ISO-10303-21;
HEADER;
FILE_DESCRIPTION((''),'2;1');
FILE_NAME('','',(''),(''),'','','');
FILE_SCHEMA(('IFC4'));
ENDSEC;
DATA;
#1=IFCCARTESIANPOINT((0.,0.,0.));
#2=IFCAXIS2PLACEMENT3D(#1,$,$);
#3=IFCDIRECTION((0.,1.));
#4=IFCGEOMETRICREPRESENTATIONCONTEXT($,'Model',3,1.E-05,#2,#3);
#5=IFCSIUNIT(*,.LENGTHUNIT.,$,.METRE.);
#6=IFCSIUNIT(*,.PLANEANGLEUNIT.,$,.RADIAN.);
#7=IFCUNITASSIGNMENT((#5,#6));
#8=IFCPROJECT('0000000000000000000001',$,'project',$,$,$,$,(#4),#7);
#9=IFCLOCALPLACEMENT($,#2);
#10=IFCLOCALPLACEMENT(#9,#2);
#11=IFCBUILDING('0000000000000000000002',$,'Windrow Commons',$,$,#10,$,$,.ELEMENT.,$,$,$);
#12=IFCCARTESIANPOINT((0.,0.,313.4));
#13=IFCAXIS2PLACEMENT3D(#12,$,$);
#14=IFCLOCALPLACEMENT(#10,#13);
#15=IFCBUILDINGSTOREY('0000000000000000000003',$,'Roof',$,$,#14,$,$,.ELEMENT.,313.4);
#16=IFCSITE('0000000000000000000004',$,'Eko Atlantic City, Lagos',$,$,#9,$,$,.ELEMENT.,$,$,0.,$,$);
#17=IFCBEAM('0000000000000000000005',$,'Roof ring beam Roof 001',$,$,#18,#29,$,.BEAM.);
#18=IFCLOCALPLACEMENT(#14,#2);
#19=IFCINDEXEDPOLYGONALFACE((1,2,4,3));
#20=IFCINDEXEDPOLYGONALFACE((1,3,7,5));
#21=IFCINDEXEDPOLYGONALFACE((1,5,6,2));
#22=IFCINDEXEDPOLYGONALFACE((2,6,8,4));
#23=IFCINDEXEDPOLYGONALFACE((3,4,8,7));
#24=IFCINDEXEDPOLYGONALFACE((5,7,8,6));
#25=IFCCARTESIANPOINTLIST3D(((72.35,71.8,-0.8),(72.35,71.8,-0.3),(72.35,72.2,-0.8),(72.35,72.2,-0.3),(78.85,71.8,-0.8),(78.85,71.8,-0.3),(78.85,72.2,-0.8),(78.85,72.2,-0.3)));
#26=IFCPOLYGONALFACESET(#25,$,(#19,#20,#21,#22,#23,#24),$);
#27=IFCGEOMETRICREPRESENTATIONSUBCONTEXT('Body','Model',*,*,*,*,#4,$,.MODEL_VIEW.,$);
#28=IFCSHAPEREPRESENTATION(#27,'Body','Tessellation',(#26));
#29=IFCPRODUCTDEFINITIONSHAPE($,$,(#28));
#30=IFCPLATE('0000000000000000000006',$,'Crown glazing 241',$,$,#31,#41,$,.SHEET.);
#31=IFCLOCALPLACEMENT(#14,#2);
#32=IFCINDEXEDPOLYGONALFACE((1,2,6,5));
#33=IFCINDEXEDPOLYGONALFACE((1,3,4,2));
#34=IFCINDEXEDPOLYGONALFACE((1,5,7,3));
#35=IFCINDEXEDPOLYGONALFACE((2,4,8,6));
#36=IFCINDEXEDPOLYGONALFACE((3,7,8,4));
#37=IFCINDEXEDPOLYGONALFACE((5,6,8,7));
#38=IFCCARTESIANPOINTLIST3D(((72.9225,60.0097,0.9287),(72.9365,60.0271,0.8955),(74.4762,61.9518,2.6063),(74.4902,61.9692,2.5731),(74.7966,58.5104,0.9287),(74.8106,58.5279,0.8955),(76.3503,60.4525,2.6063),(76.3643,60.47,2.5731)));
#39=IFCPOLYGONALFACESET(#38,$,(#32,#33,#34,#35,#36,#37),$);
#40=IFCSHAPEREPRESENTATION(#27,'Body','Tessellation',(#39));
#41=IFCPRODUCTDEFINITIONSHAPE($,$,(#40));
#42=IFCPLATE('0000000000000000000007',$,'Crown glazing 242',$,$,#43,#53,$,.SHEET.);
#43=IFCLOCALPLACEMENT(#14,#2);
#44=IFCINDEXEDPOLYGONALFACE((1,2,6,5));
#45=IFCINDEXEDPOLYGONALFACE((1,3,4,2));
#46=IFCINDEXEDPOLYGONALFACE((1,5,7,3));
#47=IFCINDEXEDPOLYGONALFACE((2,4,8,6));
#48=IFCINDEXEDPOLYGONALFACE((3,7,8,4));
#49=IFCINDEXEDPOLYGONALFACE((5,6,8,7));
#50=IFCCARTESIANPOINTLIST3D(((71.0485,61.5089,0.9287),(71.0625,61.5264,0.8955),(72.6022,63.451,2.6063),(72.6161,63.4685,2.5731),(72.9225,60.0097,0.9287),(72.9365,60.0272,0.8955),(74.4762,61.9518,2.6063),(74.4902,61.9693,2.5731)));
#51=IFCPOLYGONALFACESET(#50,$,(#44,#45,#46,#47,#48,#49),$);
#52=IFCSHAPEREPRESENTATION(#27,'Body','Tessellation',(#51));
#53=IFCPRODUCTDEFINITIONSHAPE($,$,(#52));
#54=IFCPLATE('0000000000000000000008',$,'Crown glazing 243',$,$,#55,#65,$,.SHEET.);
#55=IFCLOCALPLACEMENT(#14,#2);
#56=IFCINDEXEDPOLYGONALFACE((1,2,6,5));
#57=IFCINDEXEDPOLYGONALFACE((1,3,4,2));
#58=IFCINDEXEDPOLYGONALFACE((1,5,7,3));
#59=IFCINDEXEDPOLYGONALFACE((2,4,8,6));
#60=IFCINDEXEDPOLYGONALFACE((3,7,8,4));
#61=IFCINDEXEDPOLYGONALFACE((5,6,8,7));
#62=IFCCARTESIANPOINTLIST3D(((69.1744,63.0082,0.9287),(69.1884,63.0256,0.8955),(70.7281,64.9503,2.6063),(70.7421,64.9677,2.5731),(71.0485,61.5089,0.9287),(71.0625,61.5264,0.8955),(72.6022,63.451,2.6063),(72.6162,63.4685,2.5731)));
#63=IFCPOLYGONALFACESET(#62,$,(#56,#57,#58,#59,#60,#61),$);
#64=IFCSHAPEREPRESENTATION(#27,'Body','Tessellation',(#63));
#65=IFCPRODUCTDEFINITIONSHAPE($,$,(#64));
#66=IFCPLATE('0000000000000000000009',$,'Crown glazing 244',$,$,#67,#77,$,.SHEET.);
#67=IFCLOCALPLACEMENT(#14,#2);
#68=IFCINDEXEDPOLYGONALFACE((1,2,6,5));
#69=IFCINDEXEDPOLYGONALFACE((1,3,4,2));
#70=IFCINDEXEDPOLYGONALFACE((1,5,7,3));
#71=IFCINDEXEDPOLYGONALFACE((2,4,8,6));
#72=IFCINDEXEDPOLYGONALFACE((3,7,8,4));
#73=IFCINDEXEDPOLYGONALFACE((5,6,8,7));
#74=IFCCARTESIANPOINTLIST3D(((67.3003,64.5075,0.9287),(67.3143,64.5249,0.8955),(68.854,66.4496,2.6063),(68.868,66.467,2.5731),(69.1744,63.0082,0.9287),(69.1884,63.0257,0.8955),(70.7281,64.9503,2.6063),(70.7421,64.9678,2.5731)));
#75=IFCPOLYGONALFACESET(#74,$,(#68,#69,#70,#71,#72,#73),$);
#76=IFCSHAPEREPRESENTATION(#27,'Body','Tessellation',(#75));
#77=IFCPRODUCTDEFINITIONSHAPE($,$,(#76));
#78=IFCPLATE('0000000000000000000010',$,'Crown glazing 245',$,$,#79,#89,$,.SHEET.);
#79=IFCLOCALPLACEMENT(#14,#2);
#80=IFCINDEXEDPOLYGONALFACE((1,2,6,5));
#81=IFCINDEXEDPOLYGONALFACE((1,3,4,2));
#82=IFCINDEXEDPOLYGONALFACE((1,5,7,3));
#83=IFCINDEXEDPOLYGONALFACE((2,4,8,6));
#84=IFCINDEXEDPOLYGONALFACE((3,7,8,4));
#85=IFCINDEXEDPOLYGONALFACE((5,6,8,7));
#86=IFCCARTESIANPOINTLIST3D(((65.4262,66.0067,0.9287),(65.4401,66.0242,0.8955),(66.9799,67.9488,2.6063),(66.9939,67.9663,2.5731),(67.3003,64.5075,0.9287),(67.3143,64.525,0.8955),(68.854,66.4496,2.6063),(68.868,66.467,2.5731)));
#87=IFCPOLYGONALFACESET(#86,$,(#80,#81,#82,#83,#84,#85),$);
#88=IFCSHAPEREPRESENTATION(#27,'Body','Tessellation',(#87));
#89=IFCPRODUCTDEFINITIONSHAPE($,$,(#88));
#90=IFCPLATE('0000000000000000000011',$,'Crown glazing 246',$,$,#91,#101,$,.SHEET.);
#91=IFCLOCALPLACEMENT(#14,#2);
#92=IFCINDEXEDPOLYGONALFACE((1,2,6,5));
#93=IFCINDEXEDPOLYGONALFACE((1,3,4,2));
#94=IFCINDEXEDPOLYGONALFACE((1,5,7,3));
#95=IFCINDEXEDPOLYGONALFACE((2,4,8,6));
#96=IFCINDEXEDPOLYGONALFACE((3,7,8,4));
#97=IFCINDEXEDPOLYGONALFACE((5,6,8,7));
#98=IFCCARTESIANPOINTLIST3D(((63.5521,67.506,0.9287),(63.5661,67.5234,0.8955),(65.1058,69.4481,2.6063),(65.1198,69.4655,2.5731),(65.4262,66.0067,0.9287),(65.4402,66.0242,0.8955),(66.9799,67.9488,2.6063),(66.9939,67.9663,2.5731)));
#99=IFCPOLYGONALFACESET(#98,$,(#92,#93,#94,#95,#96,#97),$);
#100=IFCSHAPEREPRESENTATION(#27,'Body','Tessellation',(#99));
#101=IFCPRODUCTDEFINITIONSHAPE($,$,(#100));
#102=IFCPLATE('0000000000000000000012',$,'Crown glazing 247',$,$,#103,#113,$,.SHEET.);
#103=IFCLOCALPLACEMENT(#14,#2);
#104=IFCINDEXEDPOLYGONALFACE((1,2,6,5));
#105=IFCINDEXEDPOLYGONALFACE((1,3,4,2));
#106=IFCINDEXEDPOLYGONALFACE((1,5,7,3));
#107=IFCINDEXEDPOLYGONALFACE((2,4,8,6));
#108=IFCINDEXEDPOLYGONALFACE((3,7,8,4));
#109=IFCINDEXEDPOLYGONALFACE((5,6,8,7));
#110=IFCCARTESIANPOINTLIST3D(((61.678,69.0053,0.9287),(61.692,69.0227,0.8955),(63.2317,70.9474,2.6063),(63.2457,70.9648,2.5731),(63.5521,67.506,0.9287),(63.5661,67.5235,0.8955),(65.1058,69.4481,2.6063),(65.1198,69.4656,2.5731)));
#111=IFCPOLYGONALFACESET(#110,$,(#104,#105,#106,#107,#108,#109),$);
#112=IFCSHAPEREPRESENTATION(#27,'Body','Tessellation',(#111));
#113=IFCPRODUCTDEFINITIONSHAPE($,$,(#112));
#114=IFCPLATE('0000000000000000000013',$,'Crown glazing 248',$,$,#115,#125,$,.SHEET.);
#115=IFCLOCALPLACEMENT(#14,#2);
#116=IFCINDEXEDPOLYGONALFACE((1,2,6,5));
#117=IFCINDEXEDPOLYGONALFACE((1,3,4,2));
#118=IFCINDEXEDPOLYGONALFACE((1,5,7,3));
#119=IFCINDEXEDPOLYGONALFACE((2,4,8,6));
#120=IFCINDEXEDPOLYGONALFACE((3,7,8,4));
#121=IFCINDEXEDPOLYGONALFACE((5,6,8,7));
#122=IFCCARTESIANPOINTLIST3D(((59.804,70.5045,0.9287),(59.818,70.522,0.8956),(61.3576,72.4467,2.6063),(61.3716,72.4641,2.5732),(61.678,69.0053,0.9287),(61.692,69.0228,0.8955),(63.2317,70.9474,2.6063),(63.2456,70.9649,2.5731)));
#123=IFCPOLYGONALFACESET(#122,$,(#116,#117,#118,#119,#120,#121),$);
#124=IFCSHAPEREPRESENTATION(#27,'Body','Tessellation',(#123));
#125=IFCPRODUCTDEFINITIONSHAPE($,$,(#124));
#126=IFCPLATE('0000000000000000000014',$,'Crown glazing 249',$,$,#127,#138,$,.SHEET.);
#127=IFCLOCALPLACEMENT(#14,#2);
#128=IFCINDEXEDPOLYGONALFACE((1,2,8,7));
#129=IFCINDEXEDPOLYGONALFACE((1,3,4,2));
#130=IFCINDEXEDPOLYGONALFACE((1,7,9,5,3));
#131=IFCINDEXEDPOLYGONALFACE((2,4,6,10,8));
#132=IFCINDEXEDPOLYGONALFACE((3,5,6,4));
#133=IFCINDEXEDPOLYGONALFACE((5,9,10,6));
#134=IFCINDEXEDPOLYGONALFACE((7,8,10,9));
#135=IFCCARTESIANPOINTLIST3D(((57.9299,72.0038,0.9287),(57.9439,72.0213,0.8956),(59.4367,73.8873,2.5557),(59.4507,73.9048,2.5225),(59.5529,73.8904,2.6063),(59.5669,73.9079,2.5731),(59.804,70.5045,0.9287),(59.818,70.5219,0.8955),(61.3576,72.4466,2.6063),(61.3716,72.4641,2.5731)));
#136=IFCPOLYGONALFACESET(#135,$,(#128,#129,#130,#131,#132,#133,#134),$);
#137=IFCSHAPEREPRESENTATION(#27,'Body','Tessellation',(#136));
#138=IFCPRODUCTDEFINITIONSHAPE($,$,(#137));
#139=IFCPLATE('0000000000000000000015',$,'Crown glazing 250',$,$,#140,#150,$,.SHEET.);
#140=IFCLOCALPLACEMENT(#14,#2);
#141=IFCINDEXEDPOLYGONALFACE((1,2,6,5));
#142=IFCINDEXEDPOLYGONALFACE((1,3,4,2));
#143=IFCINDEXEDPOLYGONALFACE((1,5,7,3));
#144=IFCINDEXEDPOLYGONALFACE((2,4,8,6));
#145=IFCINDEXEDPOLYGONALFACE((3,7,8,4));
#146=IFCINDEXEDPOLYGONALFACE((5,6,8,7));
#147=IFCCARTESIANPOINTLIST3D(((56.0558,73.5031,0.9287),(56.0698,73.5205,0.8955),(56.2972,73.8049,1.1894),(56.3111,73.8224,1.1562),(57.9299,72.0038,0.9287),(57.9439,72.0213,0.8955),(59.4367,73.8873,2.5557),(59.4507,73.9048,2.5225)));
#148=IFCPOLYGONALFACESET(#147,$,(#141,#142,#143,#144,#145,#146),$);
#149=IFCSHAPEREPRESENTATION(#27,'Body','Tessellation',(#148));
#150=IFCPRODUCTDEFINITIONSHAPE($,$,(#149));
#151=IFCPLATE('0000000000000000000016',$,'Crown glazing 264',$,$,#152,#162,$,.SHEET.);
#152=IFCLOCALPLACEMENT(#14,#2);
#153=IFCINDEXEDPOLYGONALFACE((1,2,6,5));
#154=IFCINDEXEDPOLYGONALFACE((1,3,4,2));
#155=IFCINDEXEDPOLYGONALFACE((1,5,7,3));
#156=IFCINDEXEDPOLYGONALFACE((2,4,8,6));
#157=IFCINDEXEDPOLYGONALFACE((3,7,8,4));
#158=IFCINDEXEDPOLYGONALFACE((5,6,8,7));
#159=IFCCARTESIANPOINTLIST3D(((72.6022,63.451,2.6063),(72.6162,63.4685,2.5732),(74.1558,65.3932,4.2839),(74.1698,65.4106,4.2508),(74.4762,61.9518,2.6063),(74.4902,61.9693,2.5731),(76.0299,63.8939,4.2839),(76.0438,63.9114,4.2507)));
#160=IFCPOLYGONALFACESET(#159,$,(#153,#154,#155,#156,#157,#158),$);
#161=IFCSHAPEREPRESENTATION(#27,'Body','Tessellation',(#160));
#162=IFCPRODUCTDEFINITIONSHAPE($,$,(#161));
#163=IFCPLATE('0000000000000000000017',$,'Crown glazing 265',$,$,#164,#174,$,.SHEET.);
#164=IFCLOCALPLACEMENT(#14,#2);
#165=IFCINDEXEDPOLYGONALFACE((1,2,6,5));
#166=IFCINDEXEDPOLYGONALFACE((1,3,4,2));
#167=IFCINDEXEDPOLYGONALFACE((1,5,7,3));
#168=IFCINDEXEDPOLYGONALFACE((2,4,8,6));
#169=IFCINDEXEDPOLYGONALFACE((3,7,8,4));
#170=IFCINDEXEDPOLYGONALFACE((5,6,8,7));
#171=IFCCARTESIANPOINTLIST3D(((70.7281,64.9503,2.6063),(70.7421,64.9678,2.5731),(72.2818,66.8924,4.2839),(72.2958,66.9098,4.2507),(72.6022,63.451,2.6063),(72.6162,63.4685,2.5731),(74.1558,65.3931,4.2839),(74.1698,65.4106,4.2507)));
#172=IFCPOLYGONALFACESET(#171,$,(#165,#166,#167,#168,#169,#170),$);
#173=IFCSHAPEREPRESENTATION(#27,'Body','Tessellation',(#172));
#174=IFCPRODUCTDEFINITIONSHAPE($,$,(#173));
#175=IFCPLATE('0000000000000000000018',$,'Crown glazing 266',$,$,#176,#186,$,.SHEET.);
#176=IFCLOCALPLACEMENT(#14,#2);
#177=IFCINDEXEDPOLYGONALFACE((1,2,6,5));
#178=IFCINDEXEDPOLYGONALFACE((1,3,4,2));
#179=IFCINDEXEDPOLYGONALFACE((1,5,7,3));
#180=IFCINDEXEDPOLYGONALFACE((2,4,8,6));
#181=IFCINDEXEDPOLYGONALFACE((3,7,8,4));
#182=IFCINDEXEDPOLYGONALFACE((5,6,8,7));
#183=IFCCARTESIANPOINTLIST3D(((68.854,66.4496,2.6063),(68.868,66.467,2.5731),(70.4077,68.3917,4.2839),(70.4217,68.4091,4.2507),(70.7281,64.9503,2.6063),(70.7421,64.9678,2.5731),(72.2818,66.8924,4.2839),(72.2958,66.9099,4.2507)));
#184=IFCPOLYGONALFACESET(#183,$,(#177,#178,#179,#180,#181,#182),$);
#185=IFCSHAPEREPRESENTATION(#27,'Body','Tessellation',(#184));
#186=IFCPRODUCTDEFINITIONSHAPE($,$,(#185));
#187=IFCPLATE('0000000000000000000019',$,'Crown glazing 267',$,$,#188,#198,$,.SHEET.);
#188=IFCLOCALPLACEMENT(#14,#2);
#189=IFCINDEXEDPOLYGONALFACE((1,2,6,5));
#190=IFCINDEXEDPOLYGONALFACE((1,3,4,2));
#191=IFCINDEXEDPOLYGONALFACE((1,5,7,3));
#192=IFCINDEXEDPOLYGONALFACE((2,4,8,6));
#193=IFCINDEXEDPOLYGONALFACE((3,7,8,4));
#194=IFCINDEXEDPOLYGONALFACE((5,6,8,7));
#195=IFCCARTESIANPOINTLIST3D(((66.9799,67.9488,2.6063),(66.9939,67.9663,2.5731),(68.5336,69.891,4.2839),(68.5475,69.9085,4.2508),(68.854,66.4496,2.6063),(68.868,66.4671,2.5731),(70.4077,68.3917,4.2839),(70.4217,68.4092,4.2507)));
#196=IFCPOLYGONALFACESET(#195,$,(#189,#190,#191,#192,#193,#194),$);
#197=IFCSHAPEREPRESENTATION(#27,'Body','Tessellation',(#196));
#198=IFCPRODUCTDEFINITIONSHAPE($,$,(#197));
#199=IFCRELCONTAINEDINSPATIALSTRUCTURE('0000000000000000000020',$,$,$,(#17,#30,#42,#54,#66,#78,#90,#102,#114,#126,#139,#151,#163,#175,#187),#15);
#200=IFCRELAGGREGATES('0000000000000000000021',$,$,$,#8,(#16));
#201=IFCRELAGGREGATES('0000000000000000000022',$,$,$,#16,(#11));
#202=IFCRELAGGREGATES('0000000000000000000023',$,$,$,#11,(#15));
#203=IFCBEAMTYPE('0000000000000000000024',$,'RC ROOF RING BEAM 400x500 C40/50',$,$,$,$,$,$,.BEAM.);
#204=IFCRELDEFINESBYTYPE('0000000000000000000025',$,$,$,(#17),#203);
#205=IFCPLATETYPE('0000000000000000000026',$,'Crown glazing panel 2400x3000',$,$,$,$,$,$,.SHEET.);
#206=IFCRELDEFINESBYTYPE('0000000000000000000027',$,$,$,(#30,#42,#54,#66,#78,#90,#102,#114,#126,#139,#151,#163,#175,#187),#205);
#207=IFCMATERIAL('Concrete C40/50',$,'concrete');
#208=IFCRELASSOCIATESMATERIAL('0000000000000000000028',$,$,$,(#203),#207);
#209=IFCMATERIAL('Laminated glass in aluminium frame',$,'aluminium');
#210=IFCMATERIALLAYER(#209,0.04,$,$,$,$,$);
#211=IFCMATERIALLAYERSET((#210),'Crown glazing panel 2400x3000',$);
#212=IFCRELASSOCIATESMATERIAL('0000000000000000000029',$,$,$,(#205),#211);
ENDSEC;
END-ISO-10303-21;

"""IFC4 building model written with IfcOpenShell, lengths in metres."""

from ifc_helpers import new_model, si_unit, direction, frame, origin, origin_2d, place, context, subcontext, project, spatial, polyline, rectangle, outline, extrude, material, layer, layer_set, material_profile, profile_set, type_object, element, save


model = new_model("IFC4")

# Units and contexts
model_context = context("Model", 3, precision=1e-05, world=origin(), true_north=direction((0.0, 1.0)))
body_context = subcontext(model_context, "Body", "Model", "MODEL_VIEW")
ifc_project = project(units=[si_unit("LENGTHUNIT", "METRE"), si_unit("PLANEANGLEUNIT", "RADIAN")], contexts=[model_context])

# Site, building, storey
site_placement = place(None, origin())
site = spatial("IfcSite", under=ifc_project, at=site_placement, Name="Eko Atlantic City, Lagos", CompositionType="ELEMENT", RefElevation=0.0)
building_placement = place(site_placement, origin())
building = spatial("IfcBuilding", under=site, at=building_placement, Name="Windrow Commons", CompositionType="ELEMENT")
storey_placement = place(building_placement, frame((0.0, 0.0, 313.4)))
storey = spatial("IfcBuildingStorey", under=building, at=storey_placement, Name="Roof", CompositionType="ELEMENT", Elevation=313.4)

# Beam
ifc_material_1 = material(Name="Concrete C40/50", Category="concrete")
ifc_material_profile = material_profile(ifc_material_1, rectangle(XDim=0.4, YDim=0.5, at=origin_2d()))
ifc_profile_set = profile_set([ifc_material_profile], Name="Concrete C40/50")
beam_type = type_object("IfcBeamType", Name="RC ROOF RING BEAM 400x500 C40/50", PredefinedType="BEAM", material=ifc_profile_set)
beam_placement = place(storey_placement, frame((72.35, 72.0, -0.55), z_axis=(1.0, 0.0, 0.0), x_axis=(0.0, 1.0, 0.0)))
element("IfcBeam", 1, at=beam_placement, inside=storey, type_object=beam_type, Name="Roof ring beam Roof 001", PredefinedType="BEAM", context=body_context, shape_type="SweptSolid", body=[
    extrude(rectangle(XDim=0.4, YDim=0.5, at=origin_2d()), origin(), (0.0, 0.0, 1.0), 6.5),
])

# Plates
ifc_material_2 = material(Name="Laminated glass in aluminium frame", Category="aluminium")
ifc_layer_1 = layer(ifc_material_2, 0.04)
ifc_layer_set_1 = layer_set([ifc_layer_1], Name="Crown glazing panel 2400x3000")
plate_type = type_object("IfcPlateType", Name="Crown glazing panel 2400x3000", PredefinedType="SHEET", material=ifc_layer_set_1)
plate_1_placement = place(storey_placement, frame((74.7966, 58.5104, 0.9287), z_axis=(-0.349331, -0.436658, 0.829034), x_axis=(-0.780865, 0.6247, 0.0)))
element("IfcPlate", 2, at=plate_1_placement, inside=storey, type_object=plate_type, Name="Crown glazing 241", PredefinedType="SHEET", context=body_context, shape_type="SweptSolid", body=[
    extrude(outline(polyline([(0.0, 0.0), (2.4, 0.0), (2.4, -3.0), (0.0, -3.0), (0.0, 0.0)])), origin(), (0.0, 0.0, -1.0), 0.04),
])
plate_2_placement = place(storey_placement, frame((72.9225, 60.0097, 0.9287), z_axis=(-0.349328, -0.43666, 0.829034), x_axis=(-0.780869, 0.624695, 0.0)))
element("IfcPlate", 3, at=plate_2_placement, inside=storey, type_object=plate_type, Name="Crown glazing 242", PredefinedType="SHEET", context=body_context, shape_type="SweptSolid", body=[
    extrude(outline(polyline([(0.0, 0.0), (2.3999, 0.0), (2.3999, -3.0), (0.0, -3.0), (0.0, 0.0)])), origin(), (0.0, 0.0, -1.0), 0.04),
])
for number, where, z_axis, x_axis, name in (
    (4, (71.0485, 61.5089, 0.9287), (-0.349331, -0.436658, 0.829034), (-0.780865, 0.6247, 0.0), "Crown glazing 243"),
    (5, (69.1744, 63.0082, 0.9287), (-0.349331, -0.436658, 0.829034), (-0.780865, 0.6247, 0.0), "Crown glazing 244"),
):
    element("IfcPlate", number, at=place(storey_placement, frame(where, z_axis=z_axis, x_axis=x_axis)), inside=storey, type_object=plate_type, Name=name, PredefinedType="SHEET", context=body_context, shape_type="SweptSolid", body=[
        extrude(outline(polyline([(0.0, 0.0), (2.4, 0.0), (2.4, -3.0), (0.0, -3.0), (0.0, 0.0)])), origin(), (0.0, 0.0, -1.0), 0.04),
    ])
plate_3_placement = place(storey_placement, frame((67.3003, 64.5075, 0.9287), z_axis=(-0.349317, -0.436669, 0.829034), x_axis=(-0.780885, 0.624675, 0.0)))
element("IfcPlate", 6, at=plate_3_placement, inside=storey, type_object=plate_type, Name="Crown glazing 245", PredefinedType="SHEET", context=body_context, shape_type="SweptSolid", body=[
    extrude(outline(polyline([(0.0, 0.0), (2.4, 0.0), (2.3999, -3.0), (-0.0001, -3.0), (0.0, 0.0)])), origin(), (0.0, 0.0, -1.0), 0.04),
])
for number, where, z_axis, x_axis, name in (
    (7, (65.4262, 66.0067, 0.9287), (-0.349331, -0.436658, 0.829034), (-0.780865, 0.6247, 0.0), "Crown glazing 246"),
    (8, (63.5521, 67.506, 0.9287), (-0.349331, -0.436658, 0.829034), (-0.780865, 0.6247, 0.0), "Crown glazing 247"),
):
    element("IfcPlate", number, at=place(storey_placement, frame(where, z_axis=z_axis, x_axis=x_axis)), inside=storey, type_object=plate_type, Name=name, PredefinedType="SHEET", context=body_context, shape_type="SweptSolid", body=[
        extrude(outline(polyline([(0.0, 0.0), (2.4, 0.0), (2.4, -3.0), (0.0, -3.0), (0.0, 0.0)])), origin(), (0.0, 0.0, -1.0), 0.04),
    ])
plate_4_placement = place(storey_placement, frame((61.678, 69.0053, 0.9287), z_axis=(-0.349325, -0.436668, 0.829031), x_axis=(-0.780871, 0.624692, 0.000006)))
element("IfcPlate", 9, at=plate_4_placement, inside=storey, type_object=plate_type, Name="Crown glazing 248", PredefinedType="SHEET", context=body_context, shape_type="SweptSolid", body=[
    extrude(outline(polyline([(0.0, 0.0), (2.3999, 0.0), (2.4, -3.0), (0.0, -3.0), (0.0, 0.0)])), origin(), (0.0, 0.0, -1.0), 0.04),
])
plate_5_placement = place(storey_placement, frame((59.4367, 73.8873, 2.5557), z_axis=(-0.349338, -0.436663, 0.829029), x_axis=(0.916576, 0.02446, 0.399112)))
element("IfcPlate", 10, at=plate_5_placement, inside=storey, type_object=plate_type, Name="Crown glazing 249", PredefinedType="SHEET", context=body_context, shape_type="SweptSolid", body=[
    extrude(outline(polyline([(0.0, 0.0), (0.1268, 0.0), (1.7456, -1.6495), (-0.3954, -3.7509), (-2.0765, -2.0379), (0.0, 0.0)])), origin(), (0.0, 0.0, -1.0), 0.04),
])
plate_6_placement = place(storey_placement, frame((59.4367, 73.8873, 2.5557), z_axis=(-0.349333, -0.436668, 0.829028), x_axis=(-0.51789, -0.647362, -0.559207)))
element("IfcPlate", 11, at=plate_6_placement, inside=storey, type_object=plate_type, Name="Crown glazing 250", PredefinedType="SHEET", context=body_context, shape_type="SweptSolid", body=[
    extrude(outline(polyline([(0.0, 0.0), (2.9095, 0.0), (2.9095, -2.4), (2.4433, -2.4001), (0.0, 0.0)])), origin(), (0.0, 0.0, -1.0), 0.04),
])
plate_7_placement = place(storey_placement, frame((74.4762, 61.9518, 2.6063), z_axis=(-0.349325, -0.436668, 0.829031), x_axis=(-0.780871, 0.624692, 0.000006)))
element("IfcPlate", 12, at=plate_7_placement, inside=storey, type_object=plate_type, Name="Crown glazing 264", PredefinedType="SHEET", context=body_context, shape_type="SweptSolid", body=[
    extrude(outline(polyline([(0.0, 0.0), (2.3999, 0.0), (2.4, -3.0), (0.0, -3.0), (0.0, 0.0)])), origin(), (0.0, 0.0, -1.0), 0.04),
])
plate_8_placement = place(storey_placement, frame((72.6022, 63.451, 2.6063), z_axis=(-0.349339, -0.436657, 0.829031), x_axis=(-0.780862, 0.624703, -0.000006)))
element("IfcPlate", 13, at=plate_8_placement, inside=storey, type_object=plate_type, Name="Crown glazing 265", PredefinedType="SHEET", context=body_context, shape_type="SweptSolid", body=[
    extrude(outline(polyline([(0.0, 0.0), (2.4, 0.0), (2.4, -3.0), (0.0001, -3.0), (0.0, 0.0)])), origin(), (0.0, 0.0, -1.0), 0.04),
])
plate_9_placement = place(storey_placement, frame((70.7281, 64.9503, 2.6063), z_axis=(-0.349331, -0.436658, 0.829034), x_axis=(-0.780865, 0.6247, 0.0)))
element("IfcPlate", 14, at=plate_9_placement, inside=storey, type_object=plate_type, Name="Crown glazing 266", PredefinedType="SHEET", context=body_context, shape_type="SweptSolid", body=[
    extrude(outline(polyline([(0.0, 0.0), (2.4, 0.0), (2.4, -3.0), (0.0, -3.0), (0.0, 0.0)])), origin(), (0.0, 0.0, -1.0), 0.04),
])
plate_10_placement = place(storey_placement, frame((68.854, 66.4496, 2.6063), z_axis=(-0.34932, -0.436659, 0.829038), x_axis=(-0.780882, 0.624679, -0.000008)))
element("IfcPlate", 15, at=plate_10_placement, inside=storey, type_object=plate_type, Name="Crown glazing 267", PredefinedType="SHEET", context=body_context, shape_type="SweptSolid", body=[
    extrude(outline(polyline([(0.0, 0.0), (2.4, 0.0), (2.4, -3.0001), (-0.0001, -3.0), (0.0, 0.0)])), origin(), (0.0, 0.0, -1.0), 0.04),
])

save(model, "model.ifc")
